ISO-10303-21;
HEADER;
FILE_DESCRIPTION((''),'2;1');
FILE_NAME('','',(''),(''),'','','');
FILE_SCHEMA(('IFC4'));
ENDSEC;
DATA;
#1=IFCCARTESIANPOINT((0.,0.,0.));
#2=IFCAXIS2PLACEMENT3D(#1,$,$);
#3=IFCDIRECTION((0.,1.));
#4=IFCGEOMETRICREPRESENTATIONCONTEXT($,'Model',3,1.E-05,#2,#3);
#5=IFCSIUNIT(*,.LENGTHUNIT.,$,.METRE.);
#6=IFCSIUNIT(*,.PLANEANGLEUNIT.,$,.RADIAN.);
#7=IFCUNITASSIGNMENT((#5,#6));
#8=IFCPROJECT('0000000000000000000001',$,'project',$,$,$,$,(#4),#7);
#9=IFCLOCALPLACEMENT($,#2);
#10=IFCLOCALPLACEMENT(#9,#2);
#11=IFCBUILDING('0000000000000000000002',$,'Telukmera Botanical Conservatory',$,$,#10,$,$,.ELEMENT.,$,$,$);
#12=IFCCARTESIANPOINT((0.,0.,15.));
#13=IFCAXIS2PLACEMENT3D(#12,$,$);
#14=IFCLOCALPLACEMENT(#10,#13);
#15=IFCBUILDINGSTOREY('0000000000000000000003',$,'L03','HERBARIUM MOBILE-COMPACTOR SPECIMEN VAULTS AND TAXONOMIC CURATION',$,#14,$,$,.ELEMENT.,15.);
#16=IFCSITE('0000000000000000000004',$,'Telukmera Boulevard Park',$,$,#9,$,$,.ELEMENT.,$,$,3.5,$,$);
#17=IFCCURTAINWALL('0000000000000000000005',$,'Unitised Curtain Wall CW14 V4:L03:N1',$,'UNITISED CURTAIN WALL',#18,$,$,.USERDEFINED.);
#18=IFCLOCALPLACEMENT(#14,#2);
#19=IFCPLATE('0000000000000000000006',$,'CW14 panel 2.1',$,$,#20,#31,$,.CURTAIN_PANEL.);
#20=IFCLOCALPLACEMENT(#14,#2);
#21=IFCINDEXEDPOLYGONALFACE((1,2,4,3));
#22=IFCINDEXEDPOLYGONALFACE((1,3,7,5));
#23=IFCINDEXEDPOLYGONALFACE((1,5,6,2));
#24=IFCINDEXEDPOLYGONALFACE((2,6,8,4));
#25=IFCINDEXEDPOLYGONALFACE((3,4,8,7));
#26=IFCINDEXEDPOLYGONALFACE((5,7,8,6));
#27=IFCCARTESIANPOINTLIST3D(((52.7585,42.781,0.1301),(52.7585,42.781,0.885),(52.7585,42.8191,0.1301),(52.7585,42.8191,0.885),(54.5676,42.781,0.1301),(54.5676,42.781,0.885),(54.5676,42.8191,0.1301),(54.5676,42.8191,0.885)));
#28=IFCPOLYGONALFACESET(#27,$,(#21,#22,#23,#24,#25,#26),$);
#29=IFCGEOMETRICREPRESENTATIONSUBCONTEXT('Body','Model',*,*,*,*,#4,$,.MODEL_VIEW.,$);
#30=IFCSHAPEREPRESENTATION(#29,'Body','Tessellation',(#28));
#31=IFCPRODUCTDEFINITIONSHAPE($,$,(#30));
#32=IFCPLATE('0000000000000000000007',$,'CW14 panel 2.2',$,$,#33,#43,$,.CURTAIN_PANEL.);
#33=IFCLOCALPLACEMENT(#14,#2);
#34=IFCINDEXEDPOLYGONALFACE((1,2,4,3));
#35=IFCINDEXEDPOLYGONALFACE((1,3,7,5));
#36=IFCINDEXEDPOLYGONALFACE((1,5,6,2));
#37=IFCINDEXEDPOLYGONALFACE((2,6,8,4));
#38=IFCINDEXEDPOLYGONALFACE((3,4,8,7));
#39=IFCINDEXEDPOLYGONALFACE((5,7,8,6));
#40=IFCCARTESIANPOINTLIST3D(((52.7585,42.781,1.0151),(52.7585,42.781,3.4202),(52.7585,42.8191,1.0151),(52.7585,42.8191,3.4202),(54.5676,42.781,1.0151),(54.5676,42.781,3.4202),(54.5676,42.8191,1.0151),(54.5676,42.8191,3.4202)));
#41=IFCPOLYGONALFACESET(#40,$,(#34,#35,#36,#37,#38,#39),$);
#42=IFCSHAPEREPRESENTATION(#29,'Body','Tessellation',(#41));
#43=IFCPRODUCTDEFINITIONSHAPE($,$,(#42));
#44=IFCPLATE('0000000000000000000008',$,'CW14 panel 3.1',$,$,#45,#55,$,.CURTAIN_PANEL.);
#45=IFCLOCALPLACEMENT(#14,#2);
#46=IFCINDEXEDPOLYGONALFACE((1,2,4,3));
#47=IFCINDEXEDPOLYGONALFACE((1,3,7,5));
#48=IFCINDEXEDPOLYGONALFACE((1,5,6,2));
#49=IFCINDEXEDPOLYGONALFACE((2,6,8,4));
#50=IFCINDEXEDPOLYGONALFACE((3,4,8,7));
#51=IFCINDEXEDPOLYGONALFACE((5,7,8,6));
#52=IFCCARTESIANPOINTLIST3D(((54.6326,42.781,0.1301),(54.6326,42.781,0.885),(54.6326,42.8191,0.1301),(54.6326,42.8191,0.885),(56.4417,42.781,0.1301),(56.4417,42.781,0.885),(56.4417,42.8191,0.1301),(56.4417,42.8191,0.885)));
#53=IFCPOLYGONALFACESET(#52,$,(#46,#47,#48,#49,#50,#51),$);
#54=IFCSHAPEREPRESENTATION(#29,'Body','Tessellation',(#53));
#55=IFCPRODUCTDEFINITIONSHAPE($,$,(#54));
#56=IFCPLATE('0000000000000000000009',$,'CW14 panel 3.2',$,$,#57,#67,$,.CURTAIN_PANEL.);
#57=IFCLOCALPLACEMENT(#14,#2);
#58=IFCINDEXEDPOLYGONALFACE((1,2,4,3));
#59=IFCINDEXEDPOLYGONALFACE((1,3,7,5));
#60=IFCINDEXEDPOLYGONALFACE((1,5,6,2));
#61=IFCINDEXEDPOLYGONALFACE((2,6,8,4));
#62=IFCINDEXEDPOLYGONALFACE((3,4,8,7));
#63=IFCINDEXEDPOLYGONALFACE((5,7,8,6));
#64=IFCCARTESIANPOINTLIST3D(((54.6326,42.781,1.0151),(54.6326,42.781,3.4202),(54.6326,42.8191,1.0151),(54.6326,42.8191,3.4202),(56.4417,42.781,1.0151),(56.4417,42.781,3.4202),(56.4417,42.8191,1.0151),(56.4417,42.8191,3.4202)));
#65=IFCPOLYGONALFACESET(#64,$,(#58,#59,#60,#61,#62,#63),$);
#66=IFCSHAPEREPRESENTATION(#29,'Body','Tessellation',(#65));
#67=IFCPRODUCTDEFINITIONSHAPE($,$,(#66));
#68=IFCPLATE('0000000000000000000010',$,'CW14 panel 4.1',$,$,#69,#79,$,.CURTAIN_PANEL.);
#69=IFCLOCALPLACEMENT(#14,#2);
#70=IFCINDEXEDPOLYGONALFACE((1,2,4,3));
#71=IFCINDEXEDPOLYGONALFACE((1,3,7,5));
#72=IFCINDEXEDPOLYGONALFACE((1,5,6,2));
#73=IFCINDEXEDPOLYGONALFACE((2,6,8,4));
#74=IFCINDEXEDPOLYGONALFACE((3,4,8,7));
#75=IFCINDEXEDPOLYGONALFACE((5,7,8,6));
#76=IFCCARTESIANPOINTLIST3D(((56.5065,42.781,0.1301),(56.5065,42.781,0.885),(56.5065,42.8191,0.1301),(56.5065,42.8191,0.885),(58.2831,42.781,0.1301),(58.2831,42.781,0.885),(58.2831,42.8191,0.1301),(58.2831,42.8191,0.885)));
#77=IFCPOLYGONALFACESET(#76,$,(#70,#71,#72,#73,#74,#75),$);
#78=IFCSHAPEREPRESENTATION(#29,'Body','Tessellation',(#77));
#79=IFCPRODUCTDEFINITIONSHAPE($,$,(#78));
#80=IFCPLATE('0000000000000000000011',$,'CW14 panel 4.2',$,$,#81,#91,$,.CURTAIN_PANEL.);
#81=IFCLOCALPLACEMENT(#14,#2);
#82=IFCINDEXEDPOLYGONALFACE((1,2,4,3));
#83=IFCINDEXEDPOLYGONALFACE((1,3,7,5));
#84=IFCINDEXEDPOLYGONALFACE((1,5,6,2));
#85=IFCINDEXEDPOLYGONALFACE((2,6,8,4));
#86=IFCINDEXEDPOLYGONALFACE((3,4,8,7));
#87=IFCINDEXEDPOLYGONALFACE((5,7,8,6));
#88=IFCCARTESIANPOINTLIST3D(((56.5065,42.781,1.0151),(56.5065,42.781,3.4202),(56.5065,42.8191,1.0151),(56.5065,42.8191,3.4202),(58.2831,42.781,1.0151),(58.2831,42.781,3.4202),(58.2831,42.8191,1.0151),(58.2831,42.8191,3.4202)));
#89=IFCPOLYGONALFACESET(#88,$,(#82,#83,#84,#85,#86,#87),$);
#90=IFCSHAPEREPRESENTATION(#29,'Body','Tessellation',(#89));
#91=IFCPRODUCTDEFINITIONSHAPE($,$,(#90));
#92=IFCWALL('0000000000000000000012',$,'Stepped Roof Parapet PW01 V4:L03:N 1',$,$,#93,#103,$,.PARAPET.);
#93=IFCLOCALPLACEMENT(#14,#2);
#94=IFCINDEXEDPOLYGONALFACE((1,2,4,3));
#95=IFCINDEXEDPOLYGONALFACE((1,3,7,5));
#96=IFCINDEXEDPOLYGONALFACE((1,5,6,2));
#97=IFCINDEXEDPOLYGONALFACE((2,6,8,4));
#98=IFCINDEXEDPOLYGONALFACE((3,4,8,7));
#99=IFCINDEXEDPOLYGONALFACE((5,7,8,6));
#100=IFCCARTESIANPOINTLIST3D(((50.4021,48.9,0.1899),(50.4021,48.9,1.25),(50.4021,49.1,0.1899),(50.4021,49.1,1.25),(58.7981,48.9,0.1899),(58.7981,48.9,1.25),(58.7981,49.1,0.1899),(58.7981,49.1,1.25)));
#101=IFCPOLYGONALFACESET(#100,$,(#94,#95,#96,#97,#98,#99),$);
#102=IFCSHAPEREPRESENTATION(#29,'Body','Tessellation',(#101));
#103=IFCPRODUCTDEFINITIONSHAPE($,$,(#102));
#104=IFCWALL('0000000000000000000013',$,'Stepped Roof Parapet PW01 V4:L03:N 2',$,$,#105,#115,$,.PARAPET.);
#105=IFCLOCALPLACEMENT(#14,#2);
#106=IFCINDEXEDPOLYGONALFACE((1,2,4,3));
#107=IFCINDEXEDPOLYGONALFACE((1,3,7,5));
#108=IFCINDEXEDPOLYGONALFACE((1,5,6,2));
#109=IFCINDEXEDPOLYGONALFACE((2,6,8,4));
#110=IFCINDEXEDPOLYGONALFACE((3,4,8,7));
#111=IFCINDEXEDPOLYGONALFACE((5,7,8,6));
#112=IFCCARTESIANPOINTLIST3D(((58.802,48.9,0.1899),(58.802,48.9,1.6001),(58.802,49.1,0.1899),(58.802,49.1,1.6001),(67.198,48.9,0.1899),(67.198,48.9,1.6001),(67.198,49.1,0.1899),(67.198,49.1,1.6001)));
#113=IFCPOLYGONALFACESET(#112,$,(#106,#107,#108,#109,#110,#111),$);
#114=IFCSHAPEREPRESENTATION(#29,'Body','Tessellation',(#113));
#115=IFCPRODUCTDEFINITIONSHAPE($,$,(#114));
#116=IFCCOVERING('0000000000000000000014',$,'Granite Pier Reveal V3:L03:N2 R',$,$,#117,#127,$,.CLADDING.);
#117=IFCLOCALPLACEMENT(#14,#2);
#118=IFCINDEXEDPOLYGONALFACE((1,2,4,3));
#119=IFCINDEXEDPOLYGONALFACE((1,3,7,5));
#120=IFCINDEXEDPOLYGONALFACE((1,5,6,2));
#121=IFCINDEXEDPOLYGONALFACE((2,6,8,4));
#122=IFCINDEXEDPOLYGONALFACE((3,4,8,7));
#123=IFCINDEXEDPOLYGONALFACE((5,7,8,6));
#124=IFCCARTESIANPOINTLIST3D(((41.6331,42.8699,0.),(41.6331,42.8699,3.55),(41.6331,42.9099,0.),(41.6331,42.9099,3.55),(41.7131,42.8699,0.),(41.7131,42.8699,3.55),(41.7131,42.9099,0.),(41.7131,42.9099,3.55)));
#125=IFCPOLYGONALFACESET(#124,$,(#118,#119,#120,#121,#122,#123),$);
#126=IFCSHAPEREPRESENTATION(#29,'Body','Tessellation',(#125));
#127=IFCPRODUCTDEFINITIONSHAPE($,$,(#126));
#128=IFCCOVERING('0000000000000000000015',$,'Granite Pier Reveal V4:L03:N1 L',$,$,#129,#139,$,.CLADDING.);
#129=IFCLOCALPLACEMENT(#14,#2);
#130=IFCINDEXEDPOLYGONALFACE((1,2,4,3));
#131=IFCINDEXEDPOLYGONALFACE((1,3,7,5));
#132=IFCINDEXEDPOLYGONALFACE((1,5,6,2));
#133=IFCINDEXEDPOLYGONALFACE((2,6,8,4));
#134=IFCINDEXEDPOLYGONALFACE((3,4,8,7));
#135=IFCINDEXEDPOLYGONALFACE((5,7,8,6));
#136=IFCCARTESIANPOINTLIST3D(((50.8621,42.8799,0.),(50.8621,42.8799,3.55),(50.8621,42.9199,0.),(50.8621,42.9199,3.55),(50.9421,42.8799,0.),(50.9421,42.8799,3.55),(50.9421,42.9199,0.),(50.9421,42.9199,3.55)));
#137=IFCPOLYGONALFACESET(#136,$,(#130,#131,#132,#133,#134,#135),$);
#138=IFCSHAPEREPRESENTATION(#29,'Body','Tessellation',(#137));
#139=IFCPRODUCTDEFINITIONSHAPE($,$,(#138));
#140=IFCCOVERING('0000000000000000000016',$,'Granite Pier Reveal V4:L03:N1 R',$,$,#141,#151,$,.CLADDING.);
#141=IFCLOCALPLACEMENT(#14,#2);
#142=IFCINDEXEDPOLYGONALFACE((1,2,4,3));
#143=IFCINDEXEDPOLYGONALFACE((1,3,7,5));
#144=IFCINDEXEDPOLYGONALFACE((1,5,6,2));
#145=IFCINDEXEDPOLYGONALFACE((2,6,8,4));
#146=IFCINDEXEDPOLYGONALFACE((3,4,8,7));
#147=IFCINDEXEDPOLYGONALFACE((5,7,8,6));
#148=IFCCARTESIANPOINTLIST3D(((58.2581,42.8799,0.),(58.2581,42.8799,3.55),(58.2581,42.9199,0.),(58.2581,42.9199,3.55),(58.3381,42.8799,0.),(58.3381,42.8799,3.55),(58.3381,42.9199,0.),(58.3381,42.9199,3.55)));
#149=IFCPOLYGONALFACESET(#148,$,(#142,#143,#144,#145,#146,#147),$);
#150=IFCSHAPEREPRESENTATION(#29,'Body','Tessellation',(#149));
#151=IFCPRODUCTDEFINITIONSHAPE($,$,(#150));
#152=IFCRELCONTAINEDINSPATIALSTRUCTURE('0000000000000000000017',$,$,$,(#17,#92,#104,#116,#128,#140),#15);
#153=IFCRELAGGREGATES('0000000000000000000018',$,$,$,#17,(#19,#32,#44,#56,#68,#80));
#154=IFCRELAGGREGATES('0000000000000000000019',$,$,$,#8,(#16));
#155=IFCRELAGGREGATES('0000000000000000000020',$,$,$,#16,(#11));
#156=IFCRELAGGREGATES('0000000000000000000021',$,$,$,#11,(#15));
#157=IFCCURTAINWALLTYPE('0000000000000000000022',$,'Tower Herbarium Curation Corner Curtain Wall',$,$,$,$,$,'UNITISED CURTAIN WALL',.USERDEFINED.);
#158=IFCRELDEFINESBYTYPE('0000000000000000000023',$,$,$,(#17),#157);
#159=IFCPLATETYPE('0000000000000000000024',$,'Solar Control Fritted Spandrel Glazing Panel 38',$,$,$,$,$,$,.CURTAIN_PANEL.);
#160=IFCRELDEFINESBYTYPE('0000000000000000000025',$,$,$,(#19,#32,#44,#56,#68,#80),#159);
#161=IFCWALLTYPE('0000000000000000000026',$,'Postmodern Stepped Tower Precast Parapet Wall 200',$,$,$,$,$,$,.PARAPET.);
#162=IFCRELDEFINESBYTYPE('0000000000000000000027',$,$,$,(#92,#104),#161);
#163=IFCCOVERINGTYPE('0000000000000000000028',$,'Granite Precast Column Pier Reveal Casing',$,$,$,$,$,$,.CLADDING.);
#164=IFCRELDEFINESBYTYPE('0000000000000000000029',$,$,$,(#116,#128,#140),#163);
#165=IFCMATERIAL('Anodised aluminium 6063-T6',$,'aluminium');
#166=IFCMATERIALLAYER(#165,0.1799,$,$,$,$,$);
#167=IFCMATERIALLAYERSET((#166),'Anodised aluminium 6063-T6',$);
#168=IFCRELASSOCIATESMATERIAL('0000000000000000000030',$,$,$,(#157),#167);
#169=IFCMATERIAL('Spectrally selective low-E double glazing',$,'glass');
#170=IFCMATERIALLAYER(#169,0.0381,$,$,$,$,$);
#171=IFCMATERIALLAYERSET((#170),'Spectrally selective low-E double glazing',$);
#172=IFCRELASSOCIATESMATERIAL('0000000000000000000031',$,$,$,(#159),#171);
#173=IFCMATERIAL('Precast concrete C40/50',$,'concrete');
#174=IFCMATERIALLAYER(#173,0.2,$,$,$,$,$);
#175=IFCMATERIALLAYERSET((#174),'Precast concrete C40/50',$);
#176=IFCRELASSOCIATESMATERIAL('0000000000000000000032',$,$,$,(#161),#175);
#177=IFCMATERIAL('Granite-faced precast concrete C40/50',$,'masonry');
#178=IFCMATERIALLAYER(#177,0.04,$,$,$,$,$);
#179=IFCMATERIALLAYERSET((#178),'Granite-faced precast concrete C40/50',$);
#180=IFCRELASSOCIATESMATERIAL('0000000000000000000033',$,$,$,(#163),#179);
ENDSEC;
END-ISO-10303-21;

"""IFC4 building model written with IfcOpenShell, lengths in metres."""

from ifc_helpers import new_model, si_unit, direction, frame, frame_2d, origin, origin_2d, place, context, subcontext, project, spatial, rectangle, extrude, material, layer, layer_set, type_object, element, aggregate, save


model = new_model("IFC4")

# Units and contexts
model_context = context("Model", 3, precision=1e-05, world=origin(), true_north=direction((0.0, 1.0)))
body_context = subcontext(model_context, "Body", "Model", "MODEL_VIEW")
ifc_project = project(units=[si_unit("LENGTHUNIT", "METRE"), si_unit("PLANEANGLEUNIT", "RADIAN")], contexts=[model_context])

# Site, building, storey
site_placement = place(None, origin())
site = spatial("IfcSite", under=ifc_project, at=site_placement, Name="Telukmera Boulevard Park", CompositionType="ELEMENT", RefElevation=3.5)
building_placement = place(site_placement, origin())
building = spatial("IfcBuilding", under=site, at=building_placement, Name="Telukmera Botanical Conservatory", CompositionType="ELEMENT")
storey_placement = place(building_placement, frame((0.0, 0.0, 15.0)))
storey = spatial("IfcBuildingStorey", under=building, at=storey_placement, Name="L03", Description="HERBARIUM MOBILE-COMPACTOR SPECIMEN VAULTS AND TAXONOMIC CURATION", CompositionType="ELEMENT", Elevation=15.0)

# Curtain wall, plates
ifc_material_1 = material(Name="Anodised aluminium 6063-T6", Category="aluminium")
ifc_layer_1 = layer(ifc_material_1, 0.1799)
ifc_layer_set_1 = layer_set([ifc_layer_1], Name="Anodised aluminium 6063-T6")
curtain_wall_type = type_object("IfcCurtainWallType", Name="Tower Herbarium Curation Corner Curtain Wall", ElementType="UNITISED CURTAIN WALL", PredefinedType="USERDEFINED", material=ifc_layer_set_1)
curtain_wall_placement = place(storey_placement, origin())
curtain_wall = element("IfcCurtainWall", 1, at=curtain_wall_placement, inside=storey, type_object=curtain_wall_type, Name="Unitised Curtain Wall CW14 V4:L03:N1", ObjectType="UNITISED CURTAIN WALL", PredefinedType="USERDEFINED")
ifc_material_2 = material(Name="Spectrally selective low-E double glazing", Category="glass")
ifc_layer_2 = layer(ifc_material_2, 0.0381)
ifc_layer_set_2 = layer_set([ifc_layer_2], Name="Spectrally selective low-E double glazing")
plate_type = type_object("IfcPlateType", Name="Solar Control Fritted Spandrel Glazing Panel 38", PredefinedType="CURTAIN_PANEL", material=ifc_layer_set_2)
plate_1_placement = place(storey_placement, frame((53.6631, 42.8, 0.1301), z_axis=(0.0, 0.0, 1.0), x_axis=(1.0, 0.0, 0.0)))
plate_1 = element("IfcPlate", 2, at=plate_1_placement, type_object=plate_type, Name="CW14 panel 2.1", PredefinedType="CURTAIN_PANEL", context=body_context, shape_type="SweptSolid", body=[
    extrude(rectangle(XDim=1.8091, YDim=0.0381, at=origin_2d()), origin(), (0.0, 0.0, 1.0), 0.7549),
])
plate_2_placement = place(storey_placement, frame((53.6631, 42.8, 1.0151), z_axis=(0.0, 0.0, 1.0), x_axis=(1.0, 0.0, 0.0)))
plate_2 = element("IfcPlate", 3, at=plate_2_placement, type_object=plate_type, Name="CW14 panel 2.2", PredefinedType="CURTAIN_PANEL", context=body_context, shape_type="SweptSolid", body=[
    extrude(rectangle(XDim=1.8091, YDim=0.0381, at=origin_2d()), origin(), (0.0, 0.0, 1.0), 2.405),
])
plate_3_placement = place(storey_placement, frame((55.5371, 42.8, 0.1301), z_axis=(0.0, 0.0, 1.0), x_axis=(1.0, 0.0, 0.0)))
plate_3 = element("IfcPlate", 4, at=plate_3_placement, type_object=plate_type, Name="CW14 panel 3.1", PredefinedType="CURTAIN_PANEL", context=body_context, shape_type="SweptSolid", body=[
    extrude(rectangle(XDim=1.8091, YDim=0.0381, at=origin_2d()), origin(), (0.0, 0.0, 1.0), 0.7549),
])
plate_4_placement = place(storey_placement, frame((55.5371, 42.8, 1.0151), z_axis=(0.0, 0.0, 1.0), x_axis=(1.0, 0.0, 0.0)))
plate_4 = element("IfcPlate", 5, at=plate_4_placement, type_object=plate_type, Name="CW14 panel 3.2", PredefinedType="CURTAIN_PANEL", context=body_context, shape_type="SweptSolid", body=[
    extrude(rectangle(XDim=1.8091, YDim=0.0381, at=origin_2d()), origin(), (0.0, 0.0, 1.0), 2.405),
])
plate_5_placement = place(storey_placement, frame((57.3948, 42.8, 0.1301), z_axis=(0.0, 0.0, 1.0), x_axis=(1.0, 0.0, 0.0)))
plate_5 = element("IfcPlate", 6, at=plate_5_placement, type_object=plate_type, Name="CW14 panel 4.1", PredefinedType="CURTAIN_PANEL", context=body_context, shape_type="SweptSolid", body=[
    extrude(rectangle(XDim=1.7766, YDim=0.0381, at=origin_2d()), origin(), (0.0, 0.0, 1.0), 0.7549),
])
plate_6_placement = place(storey_placement, frame((57.3948, 42.8, 1.0151), z_axis=(0.0, 0.0, 1.0), x_axis=(1.0, 0.0, 0.0)))
plate_6 = element("IfcPlate", 7, at=plate_6_placement, type_object=plate_type, Name="CW14 panel 4.2", PredefinedType="CURTAIN_PANEL", context=body_context, shape_type="SweptSolid", body=[
    extrude(rectangle(XDim=1.7766, YDim=0.0381, at=origin_2d()), origin(), (0.0, 0.0, 1.0), 2.405),
])
aggregate(curtain_wall, [plate_1, plate_2, plate_3, plate_4, plate_5, plate_6])

# Walls
ifc_material_3 = material(Name="Precast concrete C40/50", Category="concrete")
ifc_layer_3 = layer(ifc_material_3, 0.2)
ifc_layer_set_3 = layer_set([ifc_layer_3], Name="Precast concrete C40/50")
wall_type = type_object("IfcWallType", Name="Postmodern Stepped Tower Precast Parapet Wall 200", PredefinedType="PARAPET", material=ifc_layer_set_3)
wall_1_placement = place(storey_placement, frame((50.4021, 49.0, 0.1899), z_axis=(0.0, 0.0, 1.0), x_axis=(1.0, 0.0, 0.0)))
element("IfcWall", 8, at=wall_1_placement, inside=storey, type_object=wall_type, Name="Stepped Roof Parapet PW01 V4:L03:N 1", PredefinedType="PARAPET", context=body_context, shape_type="SweptSolid", body=[
    extrude(rectangle(XDim=8.396, YDim=0.2, at=frame_2d((4.198, 0.0))), origin(), (0.0, 0.0, 1.0), 1.0601),
])
wall_2_placement = place(storey_placement, frame((58.802, 49.0, 0.1899), z_axis=(0.0, 0.0, 1.0), x_axis=(1.0, 0.0, 0.0)))
element("IfcWall", 9, at=wall_2_placement, inside=storey, type_object=wall_type, Name="Stepped Roof Parapet PW01 V4:L03:N 2", PredefinedType="PARAPET", context=body_context, shape_type="SweptSolid", body=[
    extrude(rectangle(XDim=8.396, YDim=0.2, at=frame_2d((4.198, 0.0))), origin(), (0.0, 0.0, 1.0), 1.4102),
])

# Coverings
ifc_material_4 = material(Name="Granite-faced precast concrete C40/50", Category="masonry")
ifc_layer_4 = layer(ifc_material_4, 0.04)
ifc_layer_set_4 = layer_set([ifc_layer_4], Name="Granite-faced precast concrete C40/50")
covering_type = type_object("IfcCoveringType", Name="Granite Precast Column Pier Reveal Casing", PredefinedType="CLADDING", material=ifc_layer_set_4)
for number, where, z_axis, x_axis, name in (
    (10, (41.6731, 42.8899, 0.0), (0.0, 0.0, 1.0), (1.0, 0.0, 0.0), "Granite Pier Reveal V3:L03:N2 R"),
    (11, (50.9021, 42.8999, 0.0), (0.0, 0.0, 1.0), (1.0, 0.0, 0.0), "Granite Pier Reveal V4:L03:N1 L"),
    (12, (58.2981, 42.8999, 0.0), (0.0, 0.0, 1.0), (1.0, 0.0, 0.0), "Granite Pier Reveal V4:L03:N1 R"),
):
    element("IfcCovering", number, at=place(storey_placement, frame(where, z_axis=z_axis, x_axis=x_axis)), inside=storey, type_object=covering_type, Name=name, PredefinedType="CLADDING", context=body_context, shape_type="SweptSolid", body=[
        extrude(rectangle(XDim=0.0801, YDim=0.04, at=origin_2d()), origin(), (0.0, 0.0, 1.0), 3.55),
    ])

save(model, "model.ifc")
